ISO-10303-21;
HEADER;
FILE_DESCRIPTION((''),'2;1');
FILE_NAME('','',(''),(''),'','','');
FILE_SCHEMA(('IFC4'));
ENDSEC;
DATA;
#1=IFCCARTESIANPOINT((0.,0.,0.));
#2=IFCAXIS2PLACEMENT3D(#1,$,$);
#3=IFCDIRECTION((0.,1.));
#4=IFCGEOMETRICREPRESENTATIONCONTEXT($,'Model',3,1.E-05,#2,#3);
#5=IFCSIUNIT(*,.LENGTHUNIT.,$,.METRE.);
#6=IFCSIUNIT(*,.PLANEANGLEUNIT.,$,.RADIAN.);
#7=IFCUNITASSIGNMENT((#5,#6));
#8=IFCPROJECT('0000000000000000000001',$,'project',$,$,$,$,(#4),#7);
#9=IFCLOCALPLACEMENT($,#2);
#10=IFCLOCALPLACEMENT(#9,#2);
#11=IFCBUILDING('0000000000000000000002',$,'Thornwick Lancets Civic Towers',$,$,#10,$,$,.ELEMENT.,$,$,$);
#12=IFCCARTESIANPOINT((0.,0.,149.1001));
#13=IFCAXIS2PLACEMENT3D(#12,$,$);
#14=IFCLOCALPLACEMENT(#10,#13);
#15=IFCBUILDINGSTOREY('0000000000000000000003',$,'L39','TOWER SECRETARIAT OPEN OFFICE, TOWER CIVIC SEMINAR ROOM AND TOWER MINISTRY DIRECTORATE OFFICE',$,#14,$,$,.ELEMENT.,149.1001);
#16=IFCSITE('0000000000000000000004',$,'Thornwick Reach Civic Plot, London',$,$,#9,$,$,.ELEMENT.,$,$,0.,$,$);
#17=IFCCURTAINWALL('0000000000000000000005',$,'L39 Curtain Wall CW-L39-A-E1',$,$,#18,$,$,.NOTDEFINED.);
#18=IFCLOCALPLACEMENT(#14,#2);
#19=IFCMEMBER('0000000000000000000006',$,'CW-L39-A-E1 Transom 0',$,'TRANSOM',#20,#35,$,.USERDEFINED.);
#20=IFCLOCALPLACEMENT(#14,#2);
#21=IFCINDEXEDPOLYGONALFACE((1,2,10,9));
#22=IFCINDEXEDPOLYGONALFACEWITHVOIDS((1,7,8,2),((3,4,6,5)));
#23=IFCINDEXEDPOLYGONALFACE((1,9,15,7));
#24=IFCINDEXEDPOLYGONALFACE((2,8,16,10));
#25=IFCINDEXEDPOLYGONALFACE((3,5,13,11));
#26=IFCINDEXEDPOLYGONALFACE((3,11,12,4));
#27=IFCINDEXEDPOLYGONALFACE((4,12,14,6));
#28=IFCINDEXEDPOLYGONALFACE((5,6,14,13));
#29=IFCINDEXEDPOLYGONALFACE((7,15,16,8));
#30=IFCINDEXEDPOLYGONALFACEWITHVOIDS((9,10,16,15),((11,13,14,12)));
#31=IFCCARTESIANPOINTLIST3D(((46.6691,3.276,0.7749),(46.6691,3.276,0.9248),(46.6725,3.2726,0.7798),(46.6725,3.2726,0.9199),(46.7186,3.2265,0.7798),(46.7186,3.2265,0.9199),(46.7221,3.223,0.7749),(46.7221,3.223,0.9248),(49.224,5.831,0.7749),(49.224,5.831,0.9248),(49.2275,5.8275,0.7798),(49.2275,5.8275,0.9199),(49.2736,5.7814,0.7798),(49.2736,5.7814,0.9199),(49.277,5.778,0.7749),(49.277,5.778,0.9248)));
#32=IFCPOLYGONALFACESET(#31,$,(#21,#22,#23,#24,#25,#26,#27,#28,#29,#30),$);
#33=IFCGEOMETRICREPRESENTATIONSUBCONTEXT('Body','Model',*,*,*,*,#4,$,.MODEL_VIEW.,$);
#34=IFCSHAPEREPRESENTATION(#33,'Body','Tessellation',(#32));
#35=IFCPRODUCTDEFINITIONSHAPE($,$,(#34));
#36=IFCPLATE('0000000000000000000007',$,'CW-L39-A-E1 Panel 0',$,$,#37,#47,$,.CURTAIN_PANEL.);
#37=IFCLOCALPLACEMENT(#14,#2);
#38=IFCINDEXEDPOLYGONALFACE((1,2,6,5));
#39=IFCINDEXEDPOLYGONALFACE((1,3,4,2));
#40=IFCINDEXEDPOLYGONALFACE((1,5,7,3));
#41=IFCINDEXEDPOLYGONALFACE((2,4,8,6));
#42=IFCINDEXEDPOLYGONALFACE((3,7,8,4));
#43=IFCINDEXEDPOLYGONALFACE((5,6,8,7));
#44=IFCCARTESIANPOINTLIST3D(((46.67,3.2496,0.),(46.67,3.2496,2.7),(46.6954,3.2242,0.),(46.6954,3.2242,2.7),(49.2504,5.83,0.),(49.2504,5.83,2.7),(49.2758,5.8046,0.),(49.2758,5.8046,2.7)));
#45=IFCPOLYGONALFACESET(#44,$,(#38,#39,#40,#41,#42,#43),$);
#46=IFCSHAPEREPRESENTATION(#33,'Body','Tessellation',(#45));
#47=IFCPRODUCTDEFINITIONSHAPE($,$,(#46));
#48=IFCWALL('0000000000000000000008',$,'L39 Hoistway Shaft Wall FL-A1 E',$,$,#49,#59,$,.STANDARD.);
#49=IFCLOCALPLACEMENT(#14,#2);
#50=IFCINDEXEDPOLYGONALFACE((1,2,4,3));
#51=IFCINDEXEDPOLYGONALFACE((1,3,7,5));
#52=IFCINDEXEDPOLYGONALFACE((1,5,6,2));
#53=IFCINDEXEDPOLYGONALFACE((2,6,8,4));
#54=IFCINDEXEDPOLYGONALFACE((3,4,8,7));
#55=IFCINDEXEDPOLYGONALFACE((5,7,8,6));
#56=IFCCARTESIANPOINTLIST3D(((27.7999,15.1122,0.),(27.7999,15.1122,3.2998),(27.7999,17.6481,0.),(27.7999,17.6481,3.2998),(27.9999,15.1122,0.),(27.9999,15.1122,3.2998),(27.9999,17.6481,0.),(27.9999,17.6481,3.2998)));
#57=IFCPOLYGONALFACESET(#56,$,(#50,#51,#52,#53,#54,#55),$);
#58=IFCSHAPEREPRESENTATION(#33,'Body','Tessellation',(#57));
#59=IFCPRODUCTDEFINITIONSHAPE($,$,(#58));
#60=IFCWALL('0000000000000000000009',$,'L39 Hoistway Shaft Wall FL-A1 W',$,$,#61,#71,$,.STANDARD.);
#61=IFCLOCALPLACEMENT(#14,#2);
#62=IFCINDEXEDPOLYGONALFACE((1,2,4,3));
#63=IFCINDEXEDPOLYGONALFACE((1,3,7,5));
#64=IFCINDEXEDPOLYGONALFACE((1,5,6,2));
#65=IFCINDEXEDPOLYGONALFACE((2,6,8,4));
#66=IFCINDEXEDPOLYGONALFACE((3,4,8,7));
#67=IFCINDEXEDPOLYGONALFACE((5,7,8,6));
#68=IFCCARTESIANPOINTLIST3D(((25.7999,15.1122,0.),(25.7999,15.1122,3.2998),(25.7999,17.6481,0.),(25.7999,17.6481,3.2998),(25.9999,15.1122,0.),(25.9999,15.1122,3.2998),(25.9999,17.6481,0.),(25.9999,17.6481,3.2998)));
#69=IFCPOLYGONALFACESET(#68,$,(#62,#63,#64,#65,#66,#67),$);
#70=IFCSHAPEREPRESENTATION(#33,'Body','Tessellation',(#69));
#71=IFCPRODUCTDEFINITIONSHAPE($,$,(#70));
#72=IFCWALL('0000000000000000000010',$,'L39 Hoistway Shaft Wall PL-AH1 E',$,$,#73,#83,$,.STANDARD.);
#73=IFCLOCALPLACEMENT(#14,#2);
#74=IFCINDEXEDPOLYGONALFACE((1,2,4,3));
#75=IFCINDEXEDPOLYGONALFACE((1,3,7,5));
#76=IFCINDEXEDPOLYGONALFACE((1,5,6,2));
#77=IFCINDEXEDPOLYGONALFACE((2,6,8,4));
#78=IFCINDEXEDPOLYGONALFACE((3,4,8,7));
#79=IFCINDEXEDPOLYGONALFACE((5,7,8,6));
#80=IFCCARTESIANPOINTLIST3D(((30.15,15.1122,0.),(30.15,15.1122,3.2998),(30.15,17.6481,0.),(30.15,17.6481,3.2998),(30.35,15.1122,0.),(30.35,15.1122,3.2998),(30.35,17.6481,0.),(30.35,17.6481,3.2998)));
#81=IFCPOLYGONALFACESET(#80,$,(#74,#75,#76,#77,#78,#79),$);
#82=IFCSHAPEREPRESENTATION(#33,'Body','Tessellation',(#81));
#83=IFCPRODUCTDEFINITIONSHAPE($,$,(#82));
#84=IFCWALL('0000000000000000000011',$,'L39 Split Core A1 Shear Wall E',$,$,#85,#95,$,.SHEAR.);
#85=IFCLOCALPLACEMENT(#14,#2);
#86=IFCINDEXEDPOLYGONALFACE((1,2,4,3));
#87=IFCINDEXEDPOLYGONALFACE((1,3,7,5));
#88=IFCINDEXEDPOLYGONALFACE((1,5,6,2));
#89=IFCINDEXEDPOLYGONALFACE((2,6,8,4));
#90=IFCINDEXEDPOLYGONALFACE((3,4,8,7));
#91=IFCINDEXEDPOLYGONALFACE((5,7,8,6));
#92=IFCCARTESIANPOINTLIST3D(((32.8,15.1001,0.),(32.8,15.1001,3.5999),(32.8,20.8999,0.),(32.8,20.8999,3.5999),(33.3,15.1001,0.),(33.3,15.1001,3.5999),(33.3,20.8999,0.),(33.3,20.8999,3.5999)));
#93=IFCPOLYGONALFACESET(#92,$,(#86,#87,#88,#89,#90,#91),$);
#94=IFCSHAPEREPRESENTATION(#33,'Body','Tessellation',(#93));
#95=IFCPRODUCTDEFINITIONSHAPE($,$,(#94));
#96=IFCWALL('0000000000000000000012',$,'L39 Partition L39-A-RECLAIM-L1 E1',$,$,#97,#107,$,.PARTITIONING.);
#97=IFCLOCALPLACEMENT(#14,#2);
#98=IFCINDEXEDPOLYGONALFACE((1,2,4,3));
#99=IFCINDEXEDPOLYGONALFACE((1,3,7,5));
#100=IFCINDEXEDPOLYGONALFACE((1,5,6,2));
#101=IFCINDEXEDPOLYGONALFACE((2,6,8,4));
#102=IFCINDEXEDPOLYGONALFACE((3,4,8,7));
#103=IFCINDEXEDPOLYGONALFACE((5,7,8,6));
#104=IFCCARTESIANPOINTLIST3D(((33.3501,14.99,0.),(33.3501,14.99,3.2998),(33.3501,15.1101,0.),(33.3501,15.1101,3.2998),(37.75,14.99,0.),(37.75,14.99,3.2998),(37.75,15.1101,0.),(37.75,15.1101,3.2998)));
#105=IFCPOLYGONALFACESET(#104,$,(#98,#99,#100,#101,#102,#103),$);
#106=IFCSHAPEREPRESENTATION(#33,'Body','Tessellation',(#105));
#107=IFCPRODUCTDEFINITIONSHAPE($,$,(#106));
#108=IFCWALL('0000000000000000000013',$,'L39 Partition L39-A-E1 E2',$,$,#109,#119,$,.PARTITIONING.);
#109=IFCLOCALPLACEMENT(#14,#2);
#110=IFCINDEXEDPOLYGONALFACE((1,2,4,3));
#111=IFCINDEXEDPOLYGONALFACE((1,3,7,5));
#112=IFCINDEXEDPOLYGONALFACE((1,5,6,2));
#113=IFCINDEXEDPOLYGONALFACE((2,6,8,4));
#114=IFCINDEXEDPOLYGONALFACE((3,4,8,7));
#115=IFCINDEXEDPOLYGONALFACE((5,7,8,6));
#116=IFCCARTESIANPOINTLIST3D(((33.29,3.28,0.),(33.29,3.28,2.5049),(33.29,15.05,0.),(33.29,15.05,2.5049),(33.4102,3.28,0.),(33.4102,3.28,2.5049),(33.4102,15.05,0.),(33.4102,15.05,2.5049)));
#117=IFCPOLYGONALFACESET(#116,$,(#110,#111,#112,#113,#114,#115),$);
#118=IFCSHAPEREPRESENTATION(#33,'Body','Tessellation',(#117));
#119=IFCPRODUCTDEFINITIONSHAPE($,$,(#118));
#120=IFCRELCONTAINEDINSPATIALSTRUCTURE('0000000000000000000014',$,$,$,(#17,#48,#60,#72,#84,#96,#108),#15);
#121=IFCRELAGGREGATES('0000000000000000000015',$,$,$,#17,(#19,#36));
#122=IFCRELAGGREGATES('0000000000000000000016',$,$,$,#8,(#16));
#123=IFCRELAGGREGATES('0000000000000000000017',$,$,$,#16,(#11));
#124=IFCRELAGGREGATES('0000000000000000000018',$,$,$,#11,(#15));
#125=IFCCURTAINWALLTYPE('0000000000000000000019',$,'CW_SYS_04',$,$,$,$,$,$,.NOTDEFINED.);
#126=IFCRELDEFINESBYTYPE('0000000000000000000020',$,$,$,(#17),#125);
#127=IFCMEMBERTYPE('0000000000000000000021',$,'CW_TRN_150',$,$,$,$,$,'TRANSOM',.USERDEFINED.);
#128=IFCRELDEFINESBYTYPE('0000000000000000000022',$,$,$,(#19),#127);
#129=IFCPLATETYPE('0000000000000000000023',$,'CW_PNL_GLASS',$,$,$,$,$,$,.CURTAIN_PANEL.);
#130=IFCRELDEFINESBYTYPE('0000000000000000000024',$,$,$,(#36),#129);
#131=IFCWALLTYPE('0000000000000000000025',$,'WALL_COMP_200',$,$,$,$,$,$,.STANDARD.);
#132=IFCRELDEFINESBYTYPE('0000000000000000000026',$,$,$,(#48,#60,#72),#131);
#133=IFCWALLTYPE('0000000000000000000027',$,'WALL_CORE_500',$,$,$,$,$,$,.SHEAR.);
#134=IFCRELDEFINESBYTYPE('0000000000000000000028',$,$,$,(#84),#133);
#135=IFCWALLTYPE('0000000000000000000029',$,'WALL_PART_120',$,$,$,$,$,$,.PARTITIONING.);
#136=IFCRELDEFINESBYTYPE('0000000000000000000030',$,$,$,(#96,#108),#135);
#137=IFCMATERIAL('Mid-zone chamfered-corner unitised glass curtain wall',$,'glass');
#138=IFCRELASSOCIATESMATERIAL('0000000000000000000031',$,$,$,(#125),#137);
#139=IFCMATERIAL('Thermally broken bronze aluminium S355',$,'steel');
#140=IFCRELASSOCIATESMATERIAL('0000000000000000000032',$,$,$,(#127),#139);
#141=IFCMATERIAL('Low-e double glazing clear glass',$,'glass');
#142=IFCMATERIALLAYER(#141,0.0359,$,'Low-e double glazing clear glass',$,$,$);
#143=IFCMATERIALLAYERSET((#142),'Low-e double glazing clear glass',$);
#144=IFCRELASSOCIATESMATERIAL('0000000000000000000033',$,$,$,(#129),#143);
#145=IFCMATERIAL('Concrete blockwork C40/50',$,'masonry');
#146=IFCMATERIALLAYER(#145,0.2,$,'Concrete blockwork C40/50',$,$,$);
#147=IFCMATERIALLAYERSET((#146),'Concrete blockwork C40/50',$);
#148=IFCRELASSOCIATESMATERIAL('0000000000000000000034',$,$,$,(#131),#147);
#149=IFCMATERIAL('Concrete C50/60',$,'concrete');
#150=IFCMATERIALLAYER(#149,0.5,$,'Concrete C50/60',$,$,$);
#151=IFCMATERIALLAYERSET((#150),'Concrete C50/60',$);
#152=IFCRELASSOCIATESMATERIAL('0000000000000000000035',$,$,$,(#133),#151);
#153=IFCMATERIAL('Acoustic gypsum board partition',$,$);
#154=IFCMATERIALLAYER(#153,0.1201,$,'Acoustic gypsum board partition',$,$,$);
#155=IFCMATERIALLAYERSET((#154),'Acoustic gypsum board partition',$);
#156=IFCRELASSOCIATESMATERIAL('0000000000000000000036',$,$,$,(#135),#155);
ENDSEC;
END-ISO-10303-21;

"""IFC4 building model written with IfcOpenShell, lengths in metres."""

from ifc_helpers import new_model, si_unit, direction, frame, frame_2d, origin, origin_2d, place, context, subcontext, project, spatial, rectangle, hollow_rectangle, extrude, material, layer, layer_set, material_profile, profile_set, type_object, element, aggregate, save


model = new_model("IFC4")

# Units and contexts
model_context = context("Model", 3, precision=1e-05, world=origin(), true_north=direction((0.0, 1.0)))
body_context = subcontext(model_context, "Body", "Model", "MODEL_VIEW")
ifc_project = project(units=[si_unit("LENGTHUNIT", "METRE"), si_unit("PLANEANGLEUNIT", "RADIAN")], contexts=[model_context])

# Site, building, storey
site_placement = place(None, origin())
site = spatial("IfcSite", under=ifc_project, at=site_placement, Name="Thornwick Reach Civic Plot, London", CompositionType="ELEMENT", RefElevation=0.0)
building_placement = place(site_placement, origin())
building = spatial("IfcBuilding", under=site, at=building_placement, Name="Thornwick Lancets Civic Towers", CompositionType="ELEMENT")
storey_placement = place(building_placement, frame((0.0, 0.0, 149.1001)))
storey = spatial("IfcBuildingStorey", under=building, at=storey_placement, Name="L39", Description="TOWER SECRETARIAT OPEN OFFICE, TOWER CIVIC SEMINAR ROOM AND TOWER MINISTRY DIRECTORATE OFFICE", CompositionType="ELEMENT", Elevation=149.1001)

# Shared definitions
ifc_material_1 = material(Name="Concrete C50/60", Category="concrete")

# Curtain wall, member, plate
ifc_material_2 = material(Name="Mid-zone chamfered-corner unitised glass curtain wall", Category="glass")
curtain_wall_type = type_object("IfcCurtainWallType", Name="CW_SYS_04", PredefinedType="NOTDEFINED", material=ifc_material_2)
curtain_wall_placement = place(storey_placement, origin())
curtain_wall = element("IfcCurtainWall", 1, at=curtain_wall_placement, inside=storey, type_object=curtain_wall_type, Name="L39 Curtain Wall CW-L39-A-E1", PredefinedType="NOTDEFINED")
ifc_material_3 = material(Name="Thermally broken bronze aluminium S355", Category="steel")
ifc_material_profile_1 = material_profile(ifc_material_3, hollow_rectangle(XDim=0.075, YDim=0.1499, WallThickness=0.0049, at=origin_2d()), Name="RHS 150x75x5")
ifc_profile_set_1 = profile_set([ifc_material_profile_1], Name="Thermally broken bronze aluminium S355")
member_type_1 = type_object("IfcMemberType", Name="CW_TRN_150", ElementType="TRANSOM", PredefinedType="USERDEFINED", material=ifc_profile_set_1)
member_1_placement = place(storey_placement, frame((46.6956, 3.2495, 0.8499), z_axis=(0.707107, 0.707107, 0.0), x_axis=(-0.707107, 0.707107, 0.0)))
member_1 = element("IfcMember", 2, at=member_1_placement, type_object=member_type_1, Name="CW-L39-A-E1 Transom 0", ObjectType="TRANSOM", PredefinedType="USERDEFINED", context=body_context, shape_type="SweptSolid", body=[
    extrude(hollow_rectangle(XDim=0.075, YDim=0.1499, WallThickness=0.0049, at=origin_2d()), origin(), (0.0, 0.0, 1.0), 3.6133),
])
ifc_material_4 = material(Name="Low-e double glazing clear glass", Category="glass")
ifc_layer_1 = layer(ifc_material_4, 0.0359, Name="Low-e double glazing clear glass")
ifc_layer_set_1 = layer_set([ifc_layer_1], Name="Low-e double glazing clear glass")
plate_type = type_object("IfcPlateType", Name="CW_PNL_GLASS", PredefinedType="CURTAIN_PANEL", material=ifc_layer_set_1)
plate_placement = place(storey_placement, frame((47.9729, 4.5271, 0.0), z_axis=(0.0, 0.0, 1.0), x_axis=(0.707107, 0.707107, 0.0)))
plate = element("IfcPlate", 3, at=plate_placement, type_object=plate_type, Name="CW-L39-A-E1 Panel 0", PredefinedType="CURTAIN_PANEL", context=body_context, shape_type="SweptSolid", body=[
    extrude(rectangle(XDim=3.6492, YDim=0.0359, at=origin_2d()), origin(), (0.0, 0.0, 1.0), 2.7),
])
aggregate(curtain_wall, [member_1, plate])

# Walls
ifc_material_5 = material(Name="Concrete blockwork C40/50", Category="masonry")
ifc_layer_2 = layer(ifc_material_5, 0.2, Name="Concrete blockwork C40/50")
ifc_layer_set_2 = layer_set([ifc_layer_2], Name="Concrete blockwork C40/50")
wall_type_1 = type_object("IfcWallType", Name="WALL_COMP_200", PredefinedType="STANDARD", material=ifc_layer_set_2)
for number, where, z_axis, x_axis, name in (
    (4, (27.8999, 15.1121, 0.0), (0.0, 0.0, 1.0), (0.0, 1.0, 0.0), "L39 Hoistway Shaft Wall FL-A1 E"),
    (5, (25.8999, 15.1121, 0.0), (0.0, 0.0, 1.0), (0.0, 1.0, 0.0), "L39 Hoistway Shaft Wall FL-A1 W"),
    (6, (30.25, 15.1121, 0.0), (0.0, 0.0, 1.0), (0.0, 1.0, 0.0), "L39 Hoistway Shaft Wall PL-AH1 E"),
):
    element("IfcWall", number, at=place(storey_placement, frame(where, z_axis=z_axis, x_axis=x_axis)), inside=storey, type_object=wall_type_1, Name=name, PredefinedType="STANDARD", context=body_context, shape_type="SweptSolid", body=[
        extrude(rectangle(XDim=2.5359, YDim=0.2, at=frame_2d((1.2681, 0.0))), origin(), (0.0, 0.0, 1.0), 3.2998),
    ])
ifc_layer_3 = layer(ifc_material_1, 0.5, Name="Concrete C50/60")
ifc_layer_set_3 = layer_set([ifc_layer_3], Name="Concrete C50/60")
wall_type_2 = type_object("IfcWallType", Name="WALL_CORE_500", PredefinedType="SHEAR", material=ifc_layer_set_3)
wall_1_placement = place(storey_placement, frame((33.05, 15.1001, 0.0), z_axis=(0.0, 0.0, 1.0), x_axis=(0.0, 1.0, 0.0)))
element("IfcWall", 7, at=wall_1_placement, inside=storey, type_object=wall_type_2, Name="L39 Split Core A1 Shear Wall E", PredefinedType="SHEAR", context=body_context, shape_type="SweptSolid", body=[
    extrude(rectangle(XDim=5.7998, YDim=0.5, at=frame_2d((2.8999, 0.0))), origin(), (0.0, 0.0, 1.0), 3.5999),
])
ifc_material_6 = material(Name="Acoustic gypsum board partition")
ifc_layer_4 = layer(ifc_material_6, 0.1201, Name="Acoustic gypsum board partition")
ifc_layer_set_4 = layer_set([ifc_layer_4], Name="Acoustic gypsum board partition")
wall_type_3 = type_object("IfcWallType", Name="WALL_PART_120", PredefinedType="PARTITIONING", material=ifc_layer_set_4)
wall_2_placement = place(storey_placement, frame((37.75, 15.05, 0.0), z_axis=(0.0, 0.0, 1.0), x_axis=(-1.0, 0.0, 0.0)))
element("IfcWall", 8, at=wall_2_placement, inside=storey, type_object=wall_type_3, Name="L39 Partition L39-A-RECLAIM-L1 E1", PredefinedType="PARTITIONING", context=body_context, shape_type="SweptSolid", body=[
    extrude(rectangle(XDim=4.3999, YDim=0.1201, at=frame_2d((2.2, 0.0))), origin(), (0.0, 0.0, 1.0), 3.2998),
])
wall_3_placement = place(storey_placement, frame((33.3501, 3.28, 0.0), z_axis=(0.0, 0.0, 1.0), x_axis=(0.0, 1.0, 0.0)))
element("IfcWall", 9, at=wall_3_placement, inside=storey, type_object=wall_type_3, Name="L39 Partition L39-A-E1 E2", PredefinedType="PARTITIONING", context=body_context, shape_type="SweptSolid", body=[
    extrude(rectangle(XDim=11.77, YDim=0.1201, at=frame_2d((5.885, 0.0))), origin(), (0.0, 0.0, 1.0), 2.5049),
])

save(model, "model.ifc")
